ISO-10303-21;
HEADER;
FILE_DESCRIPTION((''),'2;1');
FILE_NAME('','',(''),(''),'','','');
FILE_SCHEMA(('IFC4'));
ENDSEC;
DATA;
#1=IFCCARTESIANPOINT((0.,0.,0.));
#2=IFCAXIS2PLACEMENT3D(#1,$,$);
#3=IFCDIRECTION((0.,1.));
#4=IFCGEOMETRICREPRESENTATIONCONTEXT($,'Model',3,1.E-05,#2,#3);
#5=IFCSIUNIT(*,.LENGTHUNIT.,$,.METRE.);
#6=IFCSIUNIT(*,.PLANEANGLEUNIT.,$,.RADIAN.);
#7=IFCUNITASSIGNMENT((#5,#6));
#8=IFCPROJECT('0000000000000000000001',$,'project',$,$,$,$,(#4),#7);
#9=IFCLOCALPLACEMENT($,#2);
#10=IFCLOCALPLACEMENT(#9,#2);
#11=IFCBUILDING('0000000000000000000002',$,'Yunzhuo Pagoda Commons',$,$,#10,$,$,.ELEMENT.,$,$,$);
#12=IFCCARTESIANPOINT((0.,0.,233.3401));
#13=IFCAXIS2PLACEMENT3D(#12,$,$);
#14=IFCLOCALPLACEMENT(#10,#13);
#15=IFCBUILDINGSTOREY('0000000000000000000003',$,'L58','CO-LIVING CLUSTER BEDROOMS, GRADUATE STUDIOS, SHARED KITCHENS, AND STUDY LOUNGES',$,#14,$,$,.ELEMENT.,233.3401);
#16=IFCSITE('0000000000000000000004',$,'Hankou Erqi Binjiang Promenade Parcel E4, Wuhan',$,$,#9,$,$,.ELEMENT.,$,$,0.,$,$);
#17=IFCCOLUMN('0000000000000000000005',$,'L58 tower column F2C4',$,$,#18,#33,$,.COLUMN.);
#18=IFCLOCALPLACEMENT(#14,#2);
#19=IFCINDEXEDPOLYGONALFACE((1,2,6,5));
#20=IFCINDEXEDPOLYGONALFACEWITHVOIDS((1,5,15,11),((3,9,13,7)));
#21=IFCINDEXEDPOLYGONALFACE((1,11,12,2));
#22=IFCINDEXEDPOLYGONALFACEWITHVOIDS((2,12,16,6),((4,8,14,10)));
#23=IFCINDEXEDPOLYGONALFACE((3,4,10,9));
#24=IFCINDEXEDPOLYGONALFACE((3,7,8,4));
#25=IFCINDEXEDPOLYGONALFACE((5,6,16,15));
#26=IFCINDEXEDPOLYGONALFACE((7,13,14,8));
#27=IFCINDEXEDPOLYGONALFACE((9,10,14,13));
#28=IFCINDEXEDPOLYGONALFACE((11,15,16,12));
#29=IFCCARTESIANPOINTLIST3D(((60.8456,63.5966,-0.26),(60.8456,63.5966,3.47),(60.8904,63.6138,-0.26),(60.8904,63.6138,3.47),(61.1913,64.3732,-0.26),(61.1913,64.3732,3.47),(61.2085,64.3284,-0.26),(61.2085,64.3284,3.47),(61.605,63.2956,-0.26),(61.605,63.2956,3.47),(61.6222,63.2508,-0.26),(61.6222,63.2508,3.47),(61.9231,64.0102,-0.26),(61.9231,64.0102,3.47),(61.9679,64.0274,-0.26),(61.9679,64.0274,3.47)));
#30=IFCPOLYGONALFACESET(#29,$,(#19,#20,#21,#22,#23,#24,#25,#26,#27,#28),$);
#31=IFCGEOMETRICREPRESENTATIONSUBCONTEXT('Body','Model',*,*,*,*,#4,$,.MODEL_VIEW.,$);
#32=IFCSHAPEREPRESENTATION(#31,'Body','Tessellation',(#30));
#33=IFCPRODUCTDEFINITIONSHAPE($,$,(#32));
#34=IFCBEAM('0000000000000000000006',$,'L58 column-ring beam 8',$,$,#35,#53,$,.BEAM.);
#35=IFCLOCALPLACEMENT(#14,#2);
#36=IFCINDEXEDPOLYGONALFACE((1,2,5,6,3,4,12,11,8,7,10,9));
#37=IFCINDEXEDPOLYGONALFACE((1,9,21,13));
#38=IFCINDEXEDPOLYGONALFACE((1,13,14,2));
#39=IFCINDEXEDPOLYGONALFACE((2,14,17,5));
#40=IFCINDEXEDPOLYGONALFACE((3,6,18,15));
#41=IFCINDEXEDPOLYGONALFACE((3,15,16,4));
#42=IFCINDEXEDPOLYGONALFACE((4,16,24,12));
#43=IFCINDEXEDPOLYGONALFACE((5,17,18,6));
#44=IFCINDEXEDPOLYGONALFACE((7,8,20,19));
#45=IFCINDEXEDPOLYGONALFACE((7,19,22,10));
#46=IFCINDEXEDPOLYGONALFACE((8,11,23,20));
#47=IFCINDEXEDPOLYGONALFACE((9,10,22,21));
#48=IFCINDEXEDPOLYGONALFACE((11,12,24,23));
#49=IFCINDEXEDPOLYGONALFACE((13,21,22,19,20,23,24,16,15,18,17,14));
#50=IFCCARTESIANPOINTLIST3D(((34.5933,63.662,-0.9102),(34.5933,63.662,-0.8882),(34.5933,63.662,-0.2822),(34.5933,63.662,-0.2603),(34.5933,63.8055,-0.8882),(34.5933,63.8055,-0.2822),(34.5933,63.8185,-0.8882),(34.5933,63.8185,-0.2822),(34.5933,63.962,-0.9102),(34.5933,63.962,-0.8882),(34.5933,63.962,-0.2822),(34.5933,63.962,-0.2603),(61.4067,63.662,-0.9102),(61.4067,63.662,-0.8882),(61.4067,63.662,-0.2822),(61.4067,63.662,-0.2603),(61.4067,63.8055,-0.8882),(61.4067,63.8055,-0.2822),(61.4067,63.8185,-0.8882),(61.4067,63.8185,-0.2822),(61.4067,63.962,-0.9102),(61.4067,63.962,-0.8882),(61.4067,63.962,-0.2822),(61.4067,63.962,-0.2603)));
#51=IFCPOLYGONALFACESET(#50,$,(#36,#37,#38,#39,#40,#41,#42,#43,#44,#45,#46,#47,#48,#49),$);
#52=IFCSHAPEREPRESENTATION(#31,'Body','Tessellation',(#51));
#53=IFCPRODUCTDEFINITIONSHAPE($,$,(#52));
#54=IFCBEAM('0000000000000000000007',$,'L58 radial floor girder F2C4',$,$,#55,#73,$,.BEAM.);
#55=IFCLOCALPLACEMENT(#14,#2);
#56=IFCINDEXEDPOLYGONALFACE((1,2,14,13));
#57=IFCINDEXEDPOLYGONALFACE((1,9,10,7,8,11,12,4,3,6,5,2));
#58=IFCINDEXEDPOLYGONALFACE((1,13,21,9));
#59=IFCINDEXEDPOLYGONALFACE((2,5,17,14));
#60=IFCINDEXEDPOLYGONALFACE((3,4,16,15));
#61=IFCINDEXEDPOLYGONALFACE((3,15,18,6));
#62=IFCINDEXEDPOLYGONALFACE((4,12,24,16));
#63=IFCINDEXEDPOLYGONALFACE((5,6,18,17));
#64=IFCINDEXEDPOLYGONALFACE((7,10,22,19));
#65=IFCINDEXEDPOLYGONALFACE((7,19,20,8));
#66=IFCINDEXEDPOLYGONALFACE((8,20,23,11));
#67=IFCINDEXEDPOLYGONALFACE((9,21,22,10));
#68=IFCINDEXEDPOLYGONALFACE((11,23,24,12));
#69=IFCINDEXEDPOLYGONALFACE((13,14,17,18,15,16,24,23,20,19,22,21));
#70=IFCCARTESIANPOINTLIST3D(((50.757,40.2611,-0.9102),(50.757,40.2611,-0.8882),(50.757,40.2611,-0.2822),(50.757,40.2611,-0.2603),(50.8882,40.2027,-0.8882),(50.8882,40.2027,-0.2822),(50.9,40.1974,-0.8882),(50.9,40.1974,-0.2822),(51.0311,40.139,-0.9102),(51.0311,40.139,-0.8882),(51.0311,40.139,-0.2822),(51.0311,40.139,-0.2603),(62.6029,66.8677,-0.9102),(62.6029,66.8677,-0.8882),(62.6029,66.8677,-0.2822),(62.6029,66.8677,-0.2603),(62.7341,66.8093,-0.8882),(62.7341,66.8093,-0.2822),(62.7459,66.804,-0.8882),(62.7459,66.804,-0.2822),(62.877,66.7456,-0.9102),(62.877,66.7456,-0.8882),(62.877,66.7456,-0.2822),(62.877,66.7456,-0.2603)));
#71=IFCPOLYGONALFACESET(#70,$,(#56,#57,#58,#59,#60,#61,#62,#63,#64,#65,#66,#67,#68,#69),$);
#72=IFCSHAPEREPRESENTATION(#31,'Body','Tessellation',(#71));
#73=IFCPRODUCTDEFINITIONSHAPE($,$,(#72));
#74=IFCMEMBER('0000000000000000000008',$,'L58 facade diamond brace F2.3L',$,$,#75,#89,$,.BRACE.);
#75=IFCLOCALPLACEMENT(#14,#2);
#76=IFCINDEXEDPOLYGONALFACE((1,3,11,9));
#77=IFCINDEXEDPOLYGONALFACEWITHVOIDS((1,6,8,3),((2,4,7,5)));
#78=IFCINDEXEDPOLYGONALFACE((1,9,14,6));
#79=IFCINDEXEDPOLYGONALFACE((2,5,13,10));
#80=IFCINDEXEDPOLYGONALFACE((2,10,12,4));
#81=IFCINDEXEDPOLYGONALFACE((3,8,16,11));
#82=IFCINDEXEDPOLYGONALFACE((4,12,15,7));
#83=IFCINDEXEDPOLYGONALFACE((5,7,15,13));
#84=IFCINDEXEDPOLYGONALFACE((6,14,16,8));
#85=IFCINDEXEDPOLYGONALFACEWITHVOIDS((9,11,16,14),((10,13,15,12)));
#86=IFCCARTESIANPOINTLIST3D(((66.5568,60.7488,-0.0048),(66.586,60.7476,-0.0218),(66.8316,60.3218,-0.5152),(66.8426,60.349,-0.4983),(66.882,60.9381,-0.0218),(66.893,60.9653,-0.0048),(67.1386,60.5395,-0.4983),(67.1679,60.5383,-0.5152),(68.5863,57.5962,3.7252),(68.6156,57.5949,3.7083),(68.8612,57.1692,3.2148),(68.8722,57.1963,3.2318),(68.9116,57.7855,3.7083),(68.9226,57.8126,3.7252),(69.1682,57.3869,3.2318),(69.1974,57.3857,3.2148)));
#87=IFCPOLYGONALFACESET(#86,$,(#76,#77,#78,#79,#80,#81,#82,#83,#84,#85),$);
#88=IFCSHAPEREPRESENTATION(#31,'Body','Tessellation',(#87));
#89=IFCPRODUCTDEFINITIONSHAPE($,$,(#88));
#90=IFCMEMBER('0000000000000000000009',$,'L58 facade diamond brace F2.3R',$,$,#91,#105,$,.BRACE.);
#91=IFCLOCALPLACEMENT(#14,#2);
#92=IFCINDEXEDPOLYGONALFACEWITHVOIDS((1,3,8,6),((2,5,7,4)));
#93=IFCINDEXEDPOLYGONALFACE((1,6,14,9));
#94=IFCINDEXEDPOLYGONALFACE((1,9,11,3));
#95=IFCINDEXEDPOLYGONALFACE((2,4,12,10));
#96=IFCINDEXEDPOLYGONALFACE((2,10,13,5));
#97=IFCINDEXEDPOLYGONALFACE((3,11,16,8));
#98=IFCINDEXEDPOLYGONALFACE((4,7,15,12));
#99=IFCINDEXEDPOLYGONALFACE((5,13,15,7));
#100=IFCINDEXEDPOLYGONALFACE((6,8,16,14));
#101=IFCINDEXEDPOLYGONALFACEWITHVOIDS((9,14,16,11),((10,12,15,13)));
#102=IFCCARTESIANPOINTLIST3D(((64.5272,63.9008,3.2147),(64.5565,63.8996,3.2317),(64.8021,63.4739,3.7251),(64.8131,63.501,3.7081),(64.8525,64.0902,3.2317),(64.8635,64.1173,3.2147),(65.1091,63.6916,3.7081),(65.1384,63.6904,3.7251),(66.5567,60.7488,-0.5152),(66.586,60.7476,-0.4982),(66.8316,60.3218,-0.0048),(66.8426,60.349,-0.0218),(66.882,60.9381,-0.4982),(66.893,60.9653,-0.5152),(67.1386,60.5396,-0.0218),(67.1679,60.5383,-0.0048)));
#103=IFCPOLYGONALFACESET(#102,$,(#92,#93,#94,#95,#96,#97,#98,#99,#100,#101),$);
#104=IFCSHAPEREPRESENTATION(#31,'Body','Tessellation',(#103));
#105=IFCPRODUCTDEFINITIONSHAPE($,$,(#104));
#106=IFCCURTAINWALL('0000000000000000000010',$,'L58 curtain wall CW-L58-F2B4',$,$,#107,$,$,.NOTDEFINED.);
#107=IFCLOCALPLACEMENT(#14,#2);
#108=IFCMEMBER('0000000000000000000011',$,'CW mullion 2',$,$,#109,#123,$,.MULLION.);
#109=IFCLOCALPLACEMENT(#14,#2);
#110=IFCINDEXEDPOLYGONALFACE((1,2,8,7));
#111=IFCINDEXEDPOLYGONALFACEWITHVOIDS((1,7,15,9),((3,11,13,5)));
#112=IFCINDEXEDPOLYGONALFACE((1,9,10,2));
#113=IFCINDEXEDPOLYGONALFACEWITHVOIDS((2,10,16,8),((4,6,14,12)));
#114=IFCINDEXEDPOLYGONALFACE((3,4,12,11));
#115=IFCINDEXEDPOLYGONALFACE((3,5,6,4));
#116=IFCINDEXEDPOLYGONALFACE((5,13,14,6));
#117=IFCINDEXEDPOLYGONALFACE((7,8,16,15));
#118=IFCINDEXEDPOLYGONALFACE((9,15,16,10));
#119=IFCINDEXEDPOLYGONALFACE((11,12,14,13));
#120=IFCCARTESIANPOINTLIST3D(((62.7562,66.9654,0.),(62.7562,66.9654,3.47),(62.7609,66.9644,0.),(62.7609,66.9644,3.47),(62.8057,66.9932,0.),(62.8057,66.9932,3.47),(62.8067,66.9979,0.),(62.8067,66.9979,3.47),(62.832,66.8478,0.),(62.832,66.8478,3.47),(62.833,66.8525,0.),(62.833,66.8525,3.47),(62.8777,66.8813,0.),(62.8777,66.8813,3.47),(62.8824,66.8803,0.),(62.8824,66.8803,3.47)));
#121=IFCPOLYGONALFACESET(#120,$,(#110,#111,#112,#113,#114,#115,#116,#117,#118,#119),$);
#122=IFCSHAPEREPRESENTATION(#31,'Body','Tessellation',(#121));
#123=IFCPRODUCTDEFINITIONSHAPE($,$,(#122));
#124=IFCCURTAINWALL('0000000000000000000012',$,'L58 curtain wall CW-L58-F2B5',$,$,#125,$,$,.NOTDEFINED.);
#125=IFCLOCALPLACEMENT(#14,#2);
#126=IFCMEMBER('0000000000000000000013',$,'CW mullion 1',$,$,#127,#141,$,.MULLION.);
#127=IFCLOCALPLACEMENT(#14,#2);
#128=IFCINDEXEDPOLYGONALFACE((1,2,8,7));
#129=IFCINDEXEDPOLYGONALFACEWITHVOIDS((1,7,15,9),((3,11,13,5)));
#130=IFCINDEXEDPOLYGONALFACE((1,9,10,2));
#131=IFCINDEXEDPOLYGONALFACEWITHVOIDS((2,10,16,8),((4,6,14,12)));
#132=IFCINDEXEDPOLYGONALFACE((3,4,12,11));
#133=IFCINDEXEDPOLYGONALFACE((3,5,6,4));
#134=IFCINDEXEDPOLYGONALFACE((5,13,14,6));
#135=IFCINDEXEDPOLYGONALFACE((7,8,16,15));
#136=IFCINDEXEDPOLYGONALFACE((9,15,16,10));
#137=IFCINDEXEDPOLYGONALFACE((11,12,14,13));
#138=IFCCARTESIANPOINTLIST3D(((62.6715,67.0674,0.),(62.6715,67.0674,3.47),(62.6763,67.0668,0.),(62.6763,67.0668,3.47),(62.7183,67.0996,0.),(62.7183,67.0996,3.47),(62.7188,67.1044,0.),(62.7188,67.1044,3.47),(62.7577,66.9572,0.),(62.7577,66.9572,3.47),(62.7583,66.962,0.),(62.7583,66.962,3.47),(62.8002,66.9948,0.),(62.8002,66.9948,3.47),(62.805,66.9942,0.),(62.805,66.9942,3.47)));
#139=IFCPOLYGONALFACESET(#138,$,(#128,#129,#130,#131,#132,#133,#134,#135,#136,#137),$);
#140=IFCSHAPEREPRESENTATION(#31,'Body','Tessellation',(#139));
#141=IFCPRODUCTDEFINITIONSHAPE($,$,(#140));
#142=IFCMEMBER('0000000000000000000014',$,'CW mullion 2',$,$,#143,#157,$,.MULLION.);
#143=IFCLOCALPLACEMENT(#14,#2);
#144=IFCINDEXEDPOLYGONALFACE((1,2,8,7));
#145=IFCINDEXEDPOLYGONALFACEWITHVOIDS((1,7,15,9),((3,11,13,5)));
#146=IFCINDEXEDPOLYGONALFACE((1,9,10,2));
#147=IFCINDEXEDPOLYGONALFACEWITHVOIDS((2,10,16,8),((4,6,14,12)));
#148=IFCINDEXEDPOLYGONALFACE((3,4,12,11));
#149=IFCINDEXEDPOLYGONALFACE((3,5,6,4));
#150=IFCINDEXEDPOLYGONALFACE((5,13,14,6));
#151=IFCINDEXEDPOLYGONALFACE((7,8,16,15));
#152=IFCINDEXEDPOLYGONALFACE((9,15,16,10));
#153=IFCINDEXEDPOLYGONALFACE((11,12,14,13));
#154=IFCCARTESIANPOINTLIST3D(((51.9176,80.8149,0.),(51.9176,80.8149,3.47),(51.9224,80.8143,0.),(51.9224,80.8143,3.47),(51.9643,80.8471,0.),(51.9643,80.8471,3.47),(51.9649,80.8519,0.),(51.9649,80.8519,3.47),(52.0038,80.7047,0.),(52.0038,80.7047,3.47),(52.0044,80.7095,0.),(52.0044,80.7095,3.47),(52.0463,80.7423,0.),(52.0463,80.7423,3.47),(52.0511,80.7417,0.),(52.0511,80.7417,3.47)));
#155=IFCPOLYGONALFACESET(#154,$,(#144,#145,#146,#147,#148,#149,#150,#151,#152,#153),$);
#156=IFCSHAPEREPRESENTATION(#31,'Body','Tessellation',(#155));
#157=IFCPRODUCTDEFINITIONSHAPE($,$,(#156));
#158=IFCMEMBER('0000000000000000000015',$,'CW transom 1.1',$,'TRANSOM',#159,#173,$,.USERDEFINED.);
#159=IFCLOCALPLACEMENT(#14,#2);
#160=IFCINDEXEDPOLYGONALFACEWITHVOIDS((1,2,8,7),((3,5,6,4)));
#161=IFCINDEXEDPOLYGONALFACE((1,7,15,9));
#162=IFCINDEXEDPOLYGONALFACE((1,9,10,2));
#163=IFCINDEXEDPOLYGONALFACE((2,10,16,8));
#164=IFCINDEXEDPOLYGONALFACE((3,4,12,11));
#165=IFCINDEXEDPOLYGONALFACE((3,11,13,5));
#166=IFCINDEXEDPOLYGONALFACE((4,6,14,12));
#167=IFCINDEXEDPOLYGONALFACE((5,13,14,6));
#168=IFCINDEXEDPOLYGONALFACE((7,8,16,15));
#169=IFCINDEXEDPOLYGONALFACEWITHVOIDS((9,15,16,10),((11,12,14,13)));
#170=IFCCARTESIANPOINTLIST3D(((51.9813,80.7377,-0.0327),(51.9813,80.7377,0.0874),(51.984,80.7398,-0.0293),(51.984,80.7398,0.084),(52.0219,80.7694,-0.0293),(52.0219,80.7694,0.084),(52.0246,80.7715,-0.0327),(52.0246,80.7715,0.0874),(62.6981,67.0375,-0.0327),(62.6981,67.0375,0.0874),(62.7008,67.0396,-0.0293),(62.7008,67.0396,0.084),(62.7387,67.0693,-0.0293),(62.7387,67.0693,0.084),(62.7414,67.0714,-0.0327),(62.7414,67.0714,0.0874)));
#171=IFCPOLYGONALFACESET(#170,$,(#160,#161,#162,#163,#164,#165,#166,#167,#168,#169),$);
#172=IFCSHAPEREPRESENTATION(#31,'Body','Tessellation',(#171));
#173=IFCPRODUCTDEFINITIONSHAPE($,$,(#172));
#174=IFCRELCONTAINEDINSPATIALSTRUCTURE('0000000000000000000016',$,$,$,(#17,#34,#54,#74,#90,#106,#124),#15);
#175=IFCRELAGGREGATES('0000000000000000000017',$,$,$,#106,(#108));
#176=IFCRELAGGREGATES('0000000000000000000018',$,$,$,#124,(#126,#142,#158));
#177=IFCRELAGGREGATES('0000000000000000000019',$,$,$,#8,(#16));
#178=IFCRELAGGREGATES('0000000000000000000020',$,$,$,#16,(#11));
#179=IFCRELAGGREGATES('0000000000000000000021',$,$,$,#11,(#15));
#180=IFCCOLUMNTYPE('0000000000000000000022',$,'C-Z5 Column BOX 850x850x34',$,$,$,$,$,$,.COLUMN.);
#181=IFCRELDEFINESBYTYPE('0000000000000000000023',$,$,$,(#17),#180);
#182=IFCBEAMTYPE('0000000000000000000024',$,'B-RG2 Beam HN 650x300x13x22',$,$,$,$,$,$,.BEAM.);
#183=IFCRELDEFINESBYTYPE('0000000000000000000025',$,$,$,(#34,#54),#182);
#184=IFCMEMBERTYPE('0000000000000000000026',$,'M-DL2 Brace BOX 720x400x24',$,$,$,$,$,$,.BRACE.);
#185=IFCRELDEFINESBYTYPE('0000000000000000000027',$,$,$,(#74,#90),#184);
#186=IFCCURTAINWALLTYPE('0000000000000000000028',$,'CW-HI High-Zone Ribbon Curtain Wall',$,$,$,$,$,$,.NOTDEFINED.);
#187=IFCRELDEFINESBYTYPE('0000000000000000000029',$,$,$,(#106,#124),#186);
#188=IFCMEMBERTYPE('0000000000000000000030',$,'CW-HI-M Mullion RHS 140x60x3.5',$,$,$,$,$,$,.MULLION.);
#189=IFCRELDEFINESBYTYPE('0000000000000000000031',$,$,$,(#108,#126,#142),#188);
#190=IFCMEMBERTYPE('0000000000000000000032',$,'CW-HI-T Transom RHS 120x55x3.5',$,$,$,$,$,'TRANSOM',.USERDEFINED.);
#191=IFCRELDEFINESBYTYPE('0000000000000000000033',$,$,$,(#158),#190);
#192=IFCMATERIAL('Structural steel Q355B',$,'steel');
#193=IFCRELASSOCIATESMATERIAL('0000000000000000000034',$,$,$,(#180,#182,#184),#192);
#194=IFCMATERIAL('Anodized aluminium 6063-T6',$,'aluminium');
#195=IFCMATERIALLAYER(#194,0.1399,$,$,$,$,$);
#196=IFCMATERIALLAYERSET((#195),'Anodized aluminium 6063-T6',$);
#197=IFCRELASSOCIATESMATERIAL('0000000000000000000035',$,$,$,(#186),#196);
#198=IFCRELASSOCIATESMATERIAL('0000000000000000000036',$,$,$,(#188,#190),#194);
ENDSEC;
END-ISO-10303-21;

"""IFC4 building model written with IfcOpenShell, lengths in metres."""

from ifc_helpers import new_model, si_unit, direction, frame, origin, origin_2d, place, context, subcontext, project, spatial, hollow_rectangle, i_section, extrude, source, transform, mapped, material, layer, layer_set, material_profile, profile_set, type_object, element, aggregate, save


model = new_model("IFC4")

# Units and contexts
model_context = context("Model", 3, precision=1e-05, world=origin(), true_north=direction((0.0, 1.0)))
body_context = subcontext(model_context, "Body", "Model", "MODEL_VIEW")
ifc_project = project(units=[si_unit("LENGTHUNIT", "METRE"), si_unit("PLANEANGLEUNIT", "RADIAN")], contexts=[model_context])

# Site, building, storey
site_placement = place(None, origin())
site = spatial("IfcSite", under=ifc_project, at=site_placement, Name="Hankou Erqi Binjiang Promenade Parcel E4, Wuhan", CompositionType="ELEMENT", RefElevation=0.0)
building_placement = place(site_placement, origin())
building = spatial("IfcBuilding", under=site, at=building_placement, Name="Yunzhuo Pagoda Commons", CompositionType="ELEMENT")
storey_placement = place(building_placement, frame((0.0, 0.0, 233.3401)))
storey = spatial("IfcBuildingStorey", under=building, at=storey_placement, Name="L58", Description="CO-LIVING CLUSTER BEDROOMS, GRADUATE STUDIOS, SHARED KITCHENS, AND STUDY LOUNGES", CompositionType="ELEMENT", Elevation=233.3401)

# Column
ifc_material_1 = material(Name="Structural steel Q355B", Category="steel")
ifc_material_profile_1 = material_profile(ifc_material_1, hollow_rectangle(XDim=0.8501, YDim=0.8501, WallThickness=0.0339, at=origin_2d()), Name="Structural steel Q355B")
ifc_profile_set_1 = profile_set([ifc_material_profile_1], Name="Structural steel Q355B")
column_type = type_object("IfcColumnType", Name="C-Z5 Column BOX 850x850x34", PredefinedType="COLUMN", material=ifc_profile_set_1)
shared_shape_1 = source(origin(), body_context, "Body", "SweptSolid", [
    extrude(hollow_rectangle(XDim=0.8501, YDim=0.8501, WallThickness=0.0339, at=origin_2d()), origin(), (0.0, 0.0, 1.0), 3.73),
])
column_placement = place(storey_placement, frame((61.4067, 63.812, -0.26), z_axis=(0.0, 0.0, 1.0), x_axis=(-0.913545, 0.406737, 0.0)))
element("IfcColumn", 1, at=column_placement, inside=storey, type_object=column_type, Name="L58 tower column F2C4", PredefinedType="COLUMN", context=body_context, shape_type="MappedRepresentation", body=[
    mapped(shared_shape_1, transform((0.0, 0.0, 0.0), scale=1.0)),
])

# Beams
ifc_material_profile_2 = material_profile(ifc_material_1, i_section(OverallWidth=0.3, OverallDepth=0.6499, WebThickness=0.0129, FlangeThickness=0.022, at=origin_2d()), Name="Structural steel Q355B")
ifc_profile_set_2 = profile_set([ifc_material_profile_2], Name="Structural steel Q355B")
beam_type = type_object("IfcBeamType", Name="B-RG2 Beam HN 650x300x13x22", PredefinedType="BEAM", material=ifc_profile_set_2)
shared_shape_2 = source(origin(), body_context, "Body", "SweptSolid", [
    extrude(i_section(OverallWidth=0.3, OverallDepth=0.6499, WebThickness=0.0129, FlangeThickness=0.022, at=origin_2d()), origin(), (0.0, 0.0, 1.0), 26.8135),
])
beam_1_placement = place(storey_placement, frame((61.4067, 63.812, -0.5852), z_axis=(-1.0, 0.0, 0.0), x_axis=(0.0, -1.0, 0.0)))
element("IfcBeam", 2, at=beam_1_placement, inside=storey, type_object=beam_type, Name="L58 column-ring beam 8", PredefinedType="BEAM", context=body_context, shape_type="MappedRepresentation", body=[
    mapped(shared_shape_2, transform((0.0, 0.0, 0.0), scale=1.0)),
])
shared_shape_3 = source(origin(), body_context, "Body", "SweptSolid", [
    extrude(i_section(OverallWidth=0.3, OverallDepth=0.6499, WebThickness=0.0129, FlangeThickness=0.022, at=origin_2d()), origin(), (0.0, 0.0, 1.0), 29.1245),
])
beam_2_placement = place(storey_placement, frame((62.74, 66.8066, -0.5852), z_axis=(-0.406733, -0.913547, 0.0), x_axis=(0.913547, -0.406733, 0.0)))
element("IfcBeam", 3, at=beam_2_placement, inside=storey, type_object=beam_type, Name="L58 radial floor girder F2C4", PredefinedType="BEAM", context=body_context, shape_type="MappedRepresentation", body=[
    mapped(shared_shape_3, transform((0.0, 0.0, 0.0), scale=1.0)),
])

# Members
ifc_material_profile_3 = material_profile(ifc_material_1, hollow_rectangle(XDim=0.3999, YDim=0.72, WallThickness=0.0239, at=origin_2d()), Name="Structural steel Q355B")
ifc_profile_set_3 = profile_set([ifc_material_profile_3], Name="Structural steel Q355B")
member_type_1 = type_object("IfcMemberType", Name="M-DL2 Brace BOX 720x400x24", PredefinedType="BRACE", material=ifc_profile_set_3)
shared_shape_4 = source(origin(), body_context, "Body", "SweptSolid", [
    extrude(hollow_rectangle(XDim=0.3999, YDim=0.72, WallThickness=0.0239, at=origin_2d()), origin(), (0.0, 0.0, 1.0), 5.2888),
])
member_1_placement = place(storey_placement, frame((66.8623, 60.6436, -0.26), z_axis=(0.383749, -0.596096, 0.70527), x_axis=(0.840829, 0.5413, 0.0)))
element("IfcMember", 4, at=member_1_placement, inside=storey, type_object=member_type_1, Name="L58 facade diamond brace F2.3L", PredefinedType="BRACE", context=body_context, shape_type="MappedRepresentation", body=[
    mapped(shared_shape_4, transform((0.0, 0.0, 0.0), scale=1.0)),
])
shared_shape_5 = source(origin(), body_context, "Body", "SweptSolid", [
    extrude(hollow_rectangle(XDim=0.3999, YDim=0.72, WallThickness=0.0239, at=origin_2d()), origin(), (0.0, 0.0, 1.0), 5.2883),
])
member_2_placement = place(storey_placement, frame((66.8623, 60.6436, -0.26), z_axis=(-0.38377, 0.596037, 0.705309), x_axis=(-0.840791, -0.54136, 0.0)))
element("IfcMember", 5, at=member_2_placement, inside=storey, type_object=member_type_1, Name="L58 facade diamond brace F2.3R", PredefinedType="BRACE", context=body_context, shape_type="MappedRepresentation", body=[
    mapped(shared_shape_5, transform((0.0, 0.0, 0.0), scale=1.0)),
])

# Curtain wall, member
ifc_material_2 = material(Name="Anodized aluminium 6063-T6", Category="aluminium")
ifc_layer_1 = layer(ifc_material_2, 0.1399)
ifc_layer_set_1 = layer_set([ifc_layer_1], Name="Anodized aluminium 6063-T6")
curtain_wall_type = type_object("IfcCurtainWallType", Name="CW-HI High-Zone Ribbon Curtain Wall", PredefinedType="NOTDEFINED", material=ifc_layer_set_1)
curtain_wall_1_placement = place(storey_placement, origin())
curtain_wall_1 = element("IfcCurtainWall", 6, at=curtain_wall_1_placement, inside=storey, type_object=curtain_wall_type, Name="L58 curtain wall CW-L58-F2B4", PredefinedType="NOTDEFINED")
ifc_material_profile_4 = material_profile(ifc_material_2, hollow_rectangle(XDim=0.0601, YDim=0.1399, WallThickness=0.0034, at=origin_2d()), Name="Anodized aluminium 6063-T6")
ifc_profile_set_4 = profile_set([ifc_material_profile_4], Name="Anodized aluminium 6063-T6")
member_type_2 = type_object("IfcMemberType", Name="CW-HI-M Mullion RHS 140x60x3.5", PredefinedType="MULLION", material=ifc_profile_set_4)
shared_shape_6 = source(origin(), body_context, "Body", "SweptSolid", [
    extrude(hollow_rectangle(XDim=0.0601, YDim=0.1399, WallThickness=0.0034, at=origin_2d()), origin(), (0.0, 0.0, 1.0), 3.47),
])
member_3_placement = place(storey_placement, frame((62.8193, 66.9229, 0.0), z_axis=(0.0, 0.0, 1.0), x_axis=(-0.840807, -0.541334, 0.0)))
member_3 = element("IfcMember", 7, at=member_3_placement, type_object=member_type_2, Name="CW mullion 2", PredefinedType="MULLION", context=body_context, shape_type="MappedRepresentation", body=[
    mapped(shared_shape_6, transform((0.0, 0.0, 0.0), scale=1.0)),
])

# Curtain wall, members
curtain_wall_2_placement = place(storey_placement, origin())
curtain_wall_2 = element("IfcCurtainWall", 8, at=curtain_wall_2_placement, inside=storey, type_object=curtain_wall_type, Name="L58 curtain wall CW-L58-F2B5", PredefinedType="NOTDEFINED")
member_4_placement = place(storey_placement, frame((62.7383, 67.0308, 0.0), z_axis=(0.0, 0.0, 1.0), x_axis=(-0.787639, -0.616136, 0.0)))
member_4 = element("IfcMember", 9, at=member_4_placement, type_object=member_type_2, Name="CW mullion 1", PredefinedType="MULLION", context=body_context, shape_type="MappedRepresentation", body=[
    mapped(shared_shape_6, transform((0.0, 0.0, 0.0), scale=1.0)),
])
member_5_placement = place(storey_placement, frame((51.9844, 80.7783, 0.0), z_axis=(0.0, 0.0, 1.0), x_axis=(-0.787639, -0.616136, 0.0)))
member_5 = element("IfcMember", 10, at=member_5_placement, type_object=member_type_2, Name="CW mullion 2", PredefinedType="MULLION", context=body_context, shape_type="MappedRepresentation", body=[
    mapped(shared_shape_6, transform((0.0, 0.0, 0.0), scale=1.0)),
])
ifc_material_profile_5 = material_profile(ifc_material_2, hollow_rectangle(XDim=0.0549, YDim=0.1201, WallThickness=0.0034, at=origin_2d()), Name="Anodized aluminium 6063-T6")
ifc_profile_set_5 = profile_set([ifc_material_profile_5], Name="Anodized aluminium 6063-T6")
member_type_3 = type_object("IfcMemberType", Name="CW-HI-T Transom RHS 120x55x3.5", ElementType="TRANSOM", PredefinedType="USERDEFINED", material=ifc_profile_set_5)
shared_shape_7 = source(origin(), body_context, "Body", "SweptSolid", [
    extrude(hollow_rectangle(XDim=0.0549, YDim=0.1201, WallThickness=0.0034, at=origin_2d()), origin(), (0.0, 0.0, 1.0), 17.3938),
])
member_6_placement = place(storey_placement, frame((62.7197, 67.0544, 0.0273), z_axis=(-0.616127, 0.787647, 0.0), x_axis=(-0.787647, -0.616127, 0.0)))
member_6 = element("IfcMember", 11, at=member_6_placement, type_object=member_type_3, Name="CW transom 1.1", ObjectType="TRANSOM", PredefinedType="USERDEFINED", context=body_context, shape_type="MappedRepresentation", body=[
    mapped(shared_shape_7, transform((0.0, 0.0, 0.0), scale=1.0)),
])

aggregate(curtain_wall_1, [member_3])

aggregate(curtain_wall_2, [member_4, member_5, member_6])

save(model, "model.ifc")
